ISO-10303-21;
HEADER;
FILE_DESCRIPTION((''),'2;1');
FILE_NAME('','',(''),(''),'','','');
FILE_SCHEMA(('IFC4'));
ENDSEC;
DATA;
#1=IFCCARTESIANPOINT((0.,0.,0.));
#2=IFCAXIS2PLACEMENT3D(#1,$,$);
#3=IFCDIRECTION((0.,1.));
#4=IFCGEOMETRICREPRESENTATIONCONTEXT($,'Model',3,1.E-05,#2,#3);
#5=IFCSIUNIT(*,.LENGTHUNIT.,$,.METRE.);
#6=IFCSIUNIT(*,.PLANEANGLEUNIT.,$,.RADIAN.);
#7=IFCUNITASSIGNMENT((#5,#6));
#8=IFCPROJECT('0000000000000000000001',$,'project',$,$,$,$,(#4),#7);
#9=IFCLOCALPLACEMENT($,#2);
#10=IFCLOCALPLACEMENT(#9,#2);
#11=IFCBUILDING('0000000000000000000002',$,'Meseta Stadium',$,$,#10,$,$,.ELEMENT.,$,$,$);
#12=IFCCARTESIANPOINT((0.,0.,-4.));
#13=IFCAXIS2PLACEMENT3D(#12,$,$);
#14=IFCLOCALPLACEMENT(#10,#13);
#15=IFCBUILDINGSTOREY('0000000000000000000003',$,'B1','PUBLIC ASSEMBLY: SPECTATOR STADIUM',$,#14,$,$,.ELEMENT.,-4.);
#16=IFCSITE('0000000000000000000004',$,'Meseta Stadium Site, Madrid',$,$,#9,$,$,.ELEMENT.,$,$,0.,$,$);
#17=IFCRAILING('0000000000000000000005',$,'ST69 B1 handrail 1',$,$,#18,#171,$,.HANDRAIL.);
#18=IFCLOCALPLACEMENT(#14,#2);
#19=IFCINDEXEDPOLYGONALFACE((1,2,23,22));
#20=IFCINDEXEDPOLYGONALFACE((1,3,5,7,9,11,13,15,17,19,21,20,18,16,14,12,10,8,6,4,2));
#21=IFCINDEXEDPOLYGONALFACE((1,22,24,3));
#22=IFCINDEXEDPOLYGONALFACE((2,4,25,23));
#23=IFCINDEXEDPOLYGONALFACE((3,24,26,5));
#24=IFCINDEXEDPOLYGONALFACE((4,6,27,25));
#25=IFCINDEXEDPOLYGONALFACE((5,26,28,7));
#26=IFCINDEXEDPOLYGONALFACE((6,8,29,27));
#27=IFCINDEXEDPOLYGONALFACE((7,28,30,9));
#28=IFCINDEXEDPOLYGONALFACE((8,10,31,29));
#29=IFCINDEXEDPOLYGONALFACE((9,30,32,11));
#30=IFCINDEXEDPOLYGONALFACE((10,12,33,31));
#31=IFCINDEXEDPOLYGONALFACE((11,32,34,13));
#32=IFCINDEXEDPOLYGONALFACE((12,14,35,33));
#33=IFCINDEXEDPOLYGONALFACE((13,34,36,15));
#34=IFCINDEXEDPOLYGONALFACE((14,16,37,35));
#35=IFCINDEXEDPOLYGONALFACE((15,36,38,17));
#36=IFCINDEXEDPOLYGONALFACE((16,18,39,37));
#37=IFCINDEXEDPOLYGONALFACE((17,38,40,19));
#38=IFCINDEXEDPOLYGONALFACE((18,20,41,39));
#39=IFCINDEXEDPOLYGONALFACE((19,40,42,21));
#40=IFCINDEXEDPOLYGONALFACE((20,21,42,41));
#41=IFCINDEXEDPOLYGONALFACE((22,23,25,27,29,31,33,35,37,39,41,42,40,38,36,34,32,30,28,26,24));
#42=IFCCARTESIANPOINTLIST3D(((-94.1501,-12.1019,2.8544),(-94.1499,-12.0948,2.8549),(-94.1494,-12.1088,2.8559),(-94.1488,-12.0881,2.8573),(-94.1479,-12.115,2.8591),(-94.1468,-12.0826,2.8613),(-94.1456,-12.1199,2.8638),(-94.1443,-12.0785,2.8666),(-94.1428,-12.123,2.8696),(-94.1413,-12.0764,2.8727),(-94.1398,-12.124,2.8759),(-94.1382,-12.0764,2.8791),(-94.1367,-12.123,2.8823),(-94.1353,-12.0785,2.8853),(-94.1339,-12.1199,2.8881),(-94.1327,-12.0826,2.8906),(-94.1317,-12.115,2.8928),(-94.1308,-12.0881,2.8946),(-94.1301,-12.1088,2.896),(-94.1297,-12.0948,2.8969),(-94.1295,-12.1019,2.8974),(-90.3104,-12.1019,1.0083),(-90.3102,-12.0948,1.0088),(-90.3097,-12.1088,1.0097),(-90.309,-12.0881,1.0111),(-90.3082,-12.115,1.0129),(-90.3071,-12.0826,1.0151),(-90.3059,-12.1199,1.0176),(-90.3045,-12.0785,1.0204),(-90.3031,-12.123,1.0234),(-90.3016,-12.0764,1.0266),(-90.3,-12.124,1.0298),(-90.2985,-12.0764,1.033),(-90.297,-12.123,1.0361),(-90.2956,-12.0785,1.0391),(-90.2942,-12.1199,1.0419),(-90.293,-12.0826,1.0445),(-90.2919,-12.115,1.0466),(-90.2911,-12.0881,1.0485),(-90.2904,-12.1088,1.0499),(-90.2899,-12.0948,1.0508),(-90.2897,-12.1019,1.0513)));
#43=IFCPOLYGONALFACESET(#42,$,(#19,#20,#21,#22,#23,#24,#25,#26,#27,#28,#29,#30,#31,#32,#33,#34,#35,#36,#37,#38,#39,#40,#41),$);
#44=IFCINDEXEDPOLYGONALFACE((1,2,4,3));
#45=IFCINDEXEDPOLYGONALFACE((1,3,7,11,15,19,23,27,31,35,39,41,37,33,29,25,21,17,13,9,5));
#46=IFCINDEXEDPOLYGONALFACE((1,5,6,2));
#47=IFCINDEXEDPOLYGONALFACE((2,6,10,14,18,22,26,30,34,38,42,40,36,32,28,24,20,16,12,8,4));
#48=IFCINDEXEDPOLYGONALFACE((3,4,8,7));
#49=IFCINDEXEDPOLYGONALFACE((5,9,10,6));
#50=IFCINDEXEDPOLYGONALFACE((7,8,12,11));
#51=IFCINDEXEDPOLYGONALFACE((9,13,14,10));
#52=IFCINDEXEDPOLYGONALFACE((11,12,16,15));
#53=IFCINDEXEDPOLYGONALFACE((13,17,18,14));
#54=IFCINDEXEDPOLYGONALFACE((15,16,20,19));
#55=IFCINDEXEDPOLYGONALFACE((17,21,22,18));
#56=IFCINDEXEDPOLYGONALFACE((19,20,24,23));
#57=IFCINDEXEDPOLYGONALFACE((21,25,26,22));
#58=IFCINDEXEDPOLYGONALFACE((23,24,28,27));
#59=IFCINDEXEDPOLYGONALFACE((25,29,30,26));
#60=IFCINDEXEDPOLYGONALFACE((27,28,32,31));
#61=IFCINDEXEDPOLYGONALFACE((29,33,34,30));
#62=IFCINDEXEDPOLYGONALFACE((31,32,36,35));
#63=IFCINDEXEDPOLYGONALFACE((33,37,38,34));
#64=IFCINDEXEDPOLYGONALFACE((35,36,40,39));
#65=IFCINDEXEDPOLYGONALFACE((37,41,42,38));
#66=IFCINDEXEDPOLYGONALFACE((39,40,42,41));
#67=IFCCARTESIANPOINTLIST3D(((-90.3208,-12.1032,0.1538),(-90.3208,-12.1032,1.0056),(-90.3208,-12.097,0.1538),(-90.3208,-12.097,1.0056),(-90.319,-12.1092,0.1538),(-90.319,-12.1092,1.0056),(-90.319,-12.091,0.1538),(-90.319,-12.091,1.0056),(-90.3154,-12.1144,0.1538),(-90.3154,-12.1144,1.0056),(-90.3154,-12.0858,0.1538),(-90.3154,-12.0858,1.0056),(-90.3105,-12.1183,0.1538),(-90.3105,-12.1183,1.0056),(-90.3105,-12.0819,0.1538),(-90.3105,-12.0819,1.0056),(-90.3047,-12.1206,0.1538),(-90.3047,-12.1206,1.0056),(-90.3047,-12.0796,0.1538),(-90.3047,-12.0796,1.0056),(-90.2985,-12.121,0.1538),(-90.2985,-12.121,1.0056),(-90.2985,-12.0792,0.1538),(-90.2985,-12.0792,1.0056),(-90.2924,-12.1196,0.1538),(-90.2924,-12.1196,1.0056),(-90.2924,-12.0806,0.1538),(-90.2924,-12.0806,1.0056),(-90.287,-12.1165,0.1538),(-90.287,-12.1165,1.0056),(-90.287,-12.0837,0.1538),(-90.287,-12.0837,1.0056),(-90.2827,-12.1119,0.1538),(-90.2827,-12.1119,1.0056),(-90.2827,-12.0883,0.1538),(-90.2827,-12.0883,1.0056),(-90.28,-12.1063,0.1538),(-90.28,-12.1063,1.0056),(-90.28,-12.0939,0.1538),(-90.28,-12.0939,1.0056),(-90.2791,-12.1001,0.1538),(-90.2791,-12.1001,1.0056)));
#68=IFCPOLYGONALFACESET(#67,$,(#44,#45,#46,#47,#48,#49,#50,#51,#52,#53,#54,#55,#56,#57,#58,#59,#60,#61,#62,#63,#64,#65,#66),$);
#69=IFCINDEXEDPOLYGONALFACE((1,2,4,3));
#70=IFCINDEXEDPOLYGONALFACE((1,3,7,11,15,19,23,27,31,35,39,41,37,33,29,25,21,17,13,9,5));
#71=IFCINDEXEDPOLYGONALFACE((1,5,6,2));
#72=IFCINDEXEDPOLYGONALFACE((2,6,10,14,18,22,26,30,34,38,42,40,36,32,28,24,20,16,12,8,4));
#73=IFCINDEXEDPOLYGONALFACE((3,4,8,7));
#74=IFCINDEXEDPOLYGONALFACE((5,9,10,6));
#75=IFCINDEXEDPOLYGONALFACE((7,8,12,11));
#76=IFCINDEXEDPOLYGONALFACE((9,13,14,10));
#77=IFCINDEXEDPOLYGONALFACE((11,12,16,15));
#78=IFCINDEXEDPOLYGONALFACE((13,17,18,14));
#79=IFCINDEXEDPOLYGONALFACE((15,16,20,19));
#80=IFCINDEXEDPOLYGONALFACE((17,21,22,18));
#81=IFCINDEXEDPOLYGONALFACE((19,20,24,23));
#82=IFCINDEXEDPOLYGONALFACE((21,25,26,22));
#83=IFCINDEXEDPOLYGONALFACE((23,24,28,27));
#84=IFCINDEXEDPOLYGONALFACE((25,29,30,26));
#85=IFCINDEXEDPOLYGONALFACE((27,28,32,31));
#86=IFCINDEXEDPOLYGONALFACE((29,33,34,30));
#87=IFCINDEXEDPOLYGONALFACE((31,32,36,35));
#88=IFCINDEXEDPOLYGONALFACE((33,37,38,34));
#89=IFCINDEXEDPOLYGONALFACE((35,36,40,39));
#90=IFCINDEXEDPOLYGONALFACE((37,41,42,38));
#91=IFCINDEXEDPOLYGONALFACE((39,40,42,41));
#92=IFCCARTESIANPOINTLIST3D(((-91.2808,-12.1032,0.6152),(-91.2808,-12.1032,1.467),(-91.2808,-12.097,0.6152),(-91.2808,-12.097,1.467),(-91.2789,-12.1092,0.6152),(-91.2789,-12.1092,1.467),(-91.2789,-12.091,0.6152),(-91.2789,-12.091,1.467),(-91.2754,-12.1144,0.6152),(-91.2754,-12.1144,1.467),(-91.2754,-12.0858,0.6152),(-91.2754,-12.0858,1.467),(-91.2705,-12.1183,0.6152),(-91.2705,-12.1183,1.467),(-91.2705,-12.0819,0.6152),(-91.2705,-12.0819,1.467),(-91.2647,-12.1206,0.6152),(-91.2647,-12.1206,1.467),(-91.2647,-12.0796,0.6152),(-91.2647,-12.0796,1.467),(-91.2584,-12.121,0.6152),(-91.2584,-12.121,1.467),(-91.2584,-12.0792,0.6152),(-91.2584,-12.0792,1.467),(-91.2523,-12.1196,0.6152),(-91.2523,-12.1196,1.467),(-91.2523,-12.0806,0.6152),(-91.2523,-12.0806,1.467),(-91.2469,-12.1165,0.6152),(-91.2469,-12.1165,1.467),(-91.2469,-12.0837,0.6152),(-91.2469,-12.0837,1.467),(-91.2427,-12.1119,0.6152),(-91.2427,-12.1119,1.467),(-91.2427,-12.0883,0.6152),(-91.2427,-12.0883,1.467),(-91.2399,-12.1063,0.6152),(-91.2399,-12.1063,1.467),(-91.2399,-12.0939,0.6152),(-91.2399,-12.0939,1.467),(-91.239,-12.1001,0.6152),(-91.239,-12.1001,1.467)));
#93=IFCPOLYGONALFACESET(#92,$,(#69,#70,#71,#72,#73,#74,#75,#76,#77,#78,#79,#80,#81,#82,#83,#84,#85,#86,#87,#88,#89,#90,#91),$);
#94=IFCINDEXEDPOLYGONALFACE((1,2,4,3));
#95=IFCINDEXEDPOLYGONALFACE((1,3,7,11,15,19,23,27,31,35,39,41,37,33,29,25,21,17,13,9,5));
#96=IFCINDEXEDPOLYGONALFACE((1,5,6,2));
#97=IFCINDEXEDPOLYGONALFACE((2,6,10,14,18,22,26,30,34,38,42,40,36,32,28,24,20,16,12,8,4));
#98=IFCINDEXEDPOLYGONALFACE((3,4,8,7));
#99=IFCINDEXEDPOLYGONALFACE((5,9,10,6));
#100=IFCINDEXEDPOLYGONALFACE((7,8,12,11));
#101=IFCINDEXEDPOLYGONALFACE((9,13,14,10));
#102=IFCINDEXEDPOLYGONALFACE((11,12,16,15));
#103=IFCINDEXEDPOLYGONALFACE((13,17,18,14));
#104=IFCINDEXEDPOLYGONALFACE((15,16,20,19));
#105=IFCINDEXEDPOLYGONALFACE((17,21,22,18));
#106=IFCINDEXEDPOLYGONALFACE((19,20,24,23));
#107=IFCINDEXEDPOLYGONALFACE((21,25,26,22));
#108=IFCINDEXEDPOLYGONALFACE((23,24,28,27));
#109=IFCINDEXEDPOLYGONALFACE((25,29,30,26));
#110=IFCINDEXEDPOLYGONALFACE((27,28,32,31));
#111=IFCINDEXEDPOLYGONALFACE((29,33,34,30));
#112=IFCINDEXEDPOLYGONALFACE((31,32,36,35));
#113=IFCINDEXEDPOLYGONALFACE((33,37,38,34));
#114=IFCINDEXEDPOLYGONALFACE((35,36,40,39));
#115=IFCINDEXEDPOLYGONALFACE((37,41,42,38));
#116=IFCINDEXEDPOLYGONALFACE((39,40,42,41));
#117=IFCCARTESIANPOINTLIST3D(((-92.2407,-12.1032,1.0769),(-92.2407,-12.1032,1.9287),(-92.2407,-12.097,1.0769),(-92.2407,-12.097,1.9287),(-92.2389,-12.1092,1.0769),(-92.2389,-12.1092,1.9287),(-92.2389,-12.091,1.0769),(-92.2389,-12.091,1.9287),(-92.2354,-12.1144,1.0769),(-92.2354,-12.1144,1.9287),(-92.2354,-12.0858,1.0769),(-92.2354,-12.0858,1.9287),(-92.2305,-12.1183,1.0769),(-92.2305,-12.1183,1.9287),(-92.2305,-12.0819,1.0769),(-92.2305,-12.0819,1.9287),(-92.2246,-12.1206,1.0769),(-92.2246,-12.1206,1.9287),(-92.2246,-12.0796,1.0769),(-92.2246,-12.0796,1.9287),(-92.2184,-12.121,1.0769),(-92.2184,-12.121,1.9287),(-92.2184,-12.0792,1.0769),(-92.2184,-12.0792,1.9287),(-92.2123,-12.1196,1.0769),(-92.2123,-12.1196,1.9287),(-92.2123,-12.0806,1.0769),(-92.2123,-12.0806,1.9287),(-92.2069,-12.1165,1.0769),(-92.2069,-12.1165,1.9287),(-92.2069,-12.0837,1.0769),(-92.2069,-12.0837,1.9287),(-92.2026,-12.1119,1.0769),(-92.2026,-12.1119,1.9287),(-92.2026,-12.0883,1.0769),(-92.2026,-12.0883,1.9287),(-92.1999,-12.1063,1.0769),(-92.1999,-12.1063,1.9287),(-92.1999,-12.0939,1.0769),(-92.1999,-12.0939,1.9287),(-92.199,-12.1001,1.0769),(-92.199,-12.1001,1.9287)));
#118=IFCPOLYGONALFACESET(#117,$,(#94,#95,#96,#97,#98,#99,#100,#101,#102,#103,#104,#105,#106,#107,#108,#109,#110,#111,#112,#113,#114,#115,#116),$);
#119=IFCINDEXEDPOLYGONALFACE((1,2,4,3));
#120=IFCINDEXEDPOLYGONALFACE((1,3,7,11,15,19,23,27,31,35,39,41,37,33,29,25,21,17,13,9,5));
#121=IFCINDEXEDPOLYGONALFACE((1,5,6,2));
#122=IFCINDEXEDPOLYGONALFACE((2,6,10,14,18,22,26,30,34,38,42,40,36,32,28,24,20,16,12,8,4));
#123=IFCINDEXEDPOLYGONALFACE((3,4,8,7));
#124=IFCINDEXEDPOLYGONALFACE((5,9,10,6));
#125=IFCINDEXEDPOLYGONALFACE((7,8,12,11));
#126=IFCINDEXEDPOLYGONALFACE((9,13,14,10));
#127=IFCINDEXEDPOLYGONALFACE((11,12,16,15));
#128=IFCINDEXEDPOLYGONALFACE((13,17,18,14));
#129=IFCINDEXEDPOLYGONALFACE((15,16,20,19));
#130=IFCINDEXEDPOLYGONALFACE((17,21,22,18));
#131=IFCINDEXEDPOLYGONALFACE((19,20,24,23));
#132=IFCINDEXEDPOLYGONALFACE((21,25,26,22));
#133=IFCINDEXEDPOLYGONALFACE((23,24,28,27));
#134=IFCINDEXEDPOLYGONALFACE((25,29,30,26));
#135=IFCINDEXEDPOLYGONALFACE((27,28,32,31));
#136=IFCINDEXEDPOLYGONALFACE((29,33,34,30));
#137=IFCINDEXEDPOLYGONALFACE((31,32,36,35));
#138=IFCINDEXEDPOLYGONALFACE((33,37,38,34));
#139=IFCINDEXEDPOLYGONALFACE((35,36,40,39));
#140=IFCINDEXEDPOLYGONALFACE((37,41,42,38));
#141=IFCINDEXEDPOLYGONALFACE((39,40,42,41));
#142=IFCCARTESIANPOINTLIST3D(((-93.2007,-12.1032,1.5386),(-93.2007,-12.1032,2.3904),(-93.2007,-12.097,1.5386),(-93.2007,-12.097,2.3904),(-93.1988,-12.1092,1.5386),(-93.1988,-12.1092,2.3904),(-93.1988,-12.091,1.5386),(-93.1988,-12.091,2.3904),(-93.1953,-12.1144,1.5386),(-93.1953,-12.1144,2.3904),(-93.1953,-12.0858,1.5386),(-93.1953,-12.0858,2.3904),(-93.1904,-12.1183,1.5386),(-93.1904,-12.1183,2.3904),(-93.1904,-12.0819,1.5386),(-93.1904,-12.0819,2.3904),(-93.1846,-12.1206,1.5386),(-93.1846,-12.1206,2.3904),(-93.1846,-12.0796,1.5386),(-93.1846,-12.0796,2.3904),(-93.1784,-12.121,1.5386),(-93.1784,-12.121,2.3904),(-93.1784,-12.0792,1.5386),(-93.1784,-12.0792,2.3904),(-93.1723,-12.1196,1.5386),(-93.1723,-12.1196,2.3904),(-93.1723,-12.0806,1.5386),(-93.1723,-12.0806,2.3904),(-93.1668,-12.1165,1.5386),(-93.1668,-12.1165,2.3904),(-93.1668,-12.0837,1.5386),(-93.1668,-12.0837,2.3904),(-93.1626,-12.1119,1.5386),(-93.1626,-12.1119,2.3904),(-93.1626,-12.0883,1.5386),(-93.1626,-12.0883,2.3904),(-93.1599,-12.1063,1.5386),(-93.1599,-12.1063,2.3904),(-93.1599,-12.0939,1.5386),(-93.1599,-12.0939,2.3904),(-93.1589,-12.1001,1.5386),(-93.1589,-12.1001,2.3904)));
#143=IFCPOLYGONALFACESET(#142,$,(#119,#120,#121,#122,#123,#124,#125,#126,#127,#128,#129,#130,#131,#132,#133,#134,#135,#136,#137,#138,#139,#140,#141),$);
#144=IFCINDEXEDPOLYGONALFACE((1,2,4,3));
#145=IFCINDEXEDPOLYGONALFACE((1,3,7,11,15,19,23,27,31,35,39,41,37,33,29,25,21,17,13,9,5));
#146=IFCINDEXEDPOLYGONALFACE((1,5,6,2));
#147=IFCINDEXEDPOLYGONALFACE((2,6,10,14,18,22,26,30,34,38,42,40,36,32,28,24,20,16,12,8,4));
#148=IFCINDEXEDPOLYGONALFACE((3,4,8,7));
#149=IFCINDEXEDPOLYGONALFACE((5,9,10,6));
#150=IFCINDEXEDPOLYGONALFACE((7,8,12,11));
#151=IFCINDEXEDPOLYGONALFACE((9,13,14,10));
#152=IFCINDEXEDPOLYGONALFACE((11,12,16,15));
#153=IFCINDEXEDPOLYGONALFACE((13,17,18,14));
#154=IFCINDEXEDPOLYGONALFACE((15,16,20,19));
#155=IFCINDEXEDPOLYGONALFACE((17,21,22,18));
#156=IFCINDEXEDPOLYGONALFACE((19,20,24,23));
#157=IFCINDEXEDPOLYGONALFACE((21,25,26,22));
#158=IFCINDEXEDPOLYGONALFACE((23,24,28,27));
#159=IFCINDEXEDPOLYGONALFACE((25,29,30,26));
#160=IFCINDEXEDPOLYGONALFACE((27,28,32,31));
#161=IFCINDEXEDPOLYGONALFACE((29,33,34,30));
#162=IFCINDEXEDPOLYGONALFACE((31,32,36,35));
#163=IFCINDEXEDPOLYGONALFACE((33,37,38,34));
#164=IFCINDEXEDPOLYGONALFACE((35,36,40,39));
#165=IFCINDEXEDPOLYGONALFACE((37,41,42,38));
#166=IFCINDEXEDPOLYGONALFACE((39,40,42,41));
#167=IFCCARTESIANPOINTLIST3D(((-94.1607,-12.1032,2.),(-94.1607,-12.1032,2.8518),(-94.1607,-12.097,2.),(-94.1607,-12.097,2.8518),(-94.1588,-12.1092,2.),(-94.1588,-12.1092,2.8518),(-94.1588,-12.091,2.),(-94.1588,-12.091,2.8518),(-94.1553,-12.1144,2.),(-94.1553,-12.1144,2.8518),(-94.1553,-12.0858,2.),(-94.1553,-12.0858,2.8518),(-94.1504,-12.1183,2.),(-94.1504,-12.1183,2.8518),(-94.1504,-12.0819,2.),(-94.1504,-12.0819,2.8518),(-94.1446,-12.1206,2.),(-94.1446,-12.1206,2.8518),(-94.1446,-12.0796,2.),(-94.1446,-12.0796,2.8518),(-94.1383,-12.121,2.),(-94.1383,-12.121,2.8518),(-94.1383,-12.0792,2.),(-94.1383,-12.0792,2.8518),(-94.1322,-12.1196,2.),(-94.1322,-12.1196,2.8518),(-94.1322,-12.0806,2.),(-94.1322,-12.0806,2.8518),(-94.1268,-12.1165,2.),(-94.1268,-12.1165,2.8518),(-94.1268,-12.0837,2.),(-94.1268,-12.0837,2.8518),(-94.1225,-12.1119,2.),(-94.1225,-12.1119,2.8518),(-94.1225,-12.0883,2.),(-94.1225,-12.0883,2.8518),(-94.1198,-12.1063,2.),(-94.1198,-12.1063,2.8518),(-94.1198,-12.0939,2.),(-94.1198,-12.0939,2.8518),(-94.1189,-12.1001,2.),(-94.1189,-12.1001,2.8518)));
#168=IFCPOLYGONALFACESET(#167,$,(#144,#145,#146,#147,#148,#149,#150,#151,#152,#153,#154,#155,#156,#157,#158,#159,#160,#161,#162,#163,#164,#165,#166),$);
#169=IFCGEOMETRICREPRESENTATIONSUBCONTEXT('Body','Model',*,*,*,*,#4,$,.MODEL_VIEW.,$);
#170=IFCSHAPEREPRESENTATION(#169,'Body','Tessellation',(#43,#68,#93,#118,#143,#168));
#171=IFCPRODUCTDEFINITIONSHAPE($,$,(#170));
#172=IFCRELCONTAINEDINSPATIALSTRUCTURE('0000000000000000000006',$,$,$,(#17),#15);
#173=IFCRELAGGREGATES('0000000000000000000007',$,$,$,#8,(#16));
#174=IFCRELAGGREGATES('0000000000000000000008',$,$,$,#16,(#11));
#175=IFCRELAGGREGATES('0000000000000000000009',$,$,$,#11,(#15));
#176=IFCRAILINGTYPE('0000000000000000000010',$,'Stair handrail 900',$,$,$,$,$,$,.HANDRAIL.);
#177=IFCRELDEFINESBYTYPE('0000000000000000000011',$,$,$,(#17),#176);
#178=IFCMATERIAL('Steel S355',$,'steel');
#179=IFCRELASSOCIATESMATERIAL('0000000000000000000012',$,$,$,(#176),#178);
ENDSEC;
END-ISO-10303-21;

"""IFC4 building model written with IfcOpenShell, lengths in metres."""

from ifc_helpers import new_model, si_unit, direction, frame, origin, origin_2d, place, context, subcontext, project, spatial, circle, extrude, material, type_object, element, save


model = new_model("IFC4")

# Units and contexts
model_context = context("Model", 3, precision=1e-05, world=origin(), true_north=direction((0.0, 1.0)))
body_context = subcontext(model_context, "Body", "Model", "MODEL_VIEW")
ifc_project = project(units=[si_unit("LENGTHUNIT", "METRE"), si_unit("PLANEANGLEUNIT", "RADIAN")], contexts=[model_context])

# Site, building, storey
site_placement = place(None, origin())
site = spatial("IfcSite", under=ifc_project, at=site_placement, Name="Meseta Stadium Site, Madrid", CompositionType="ELEMENT", RefElevation=0.0)
building_placement = place(site_placement, origin())
building = spatial("IfcBuilding", under=site, at=building_placement, Name="Meseta Stadium", CompositionType="ELEMENT")
storey_placement = place(building_placement, frame((0.0, 0.0, -4.0)))
storey = spatial("IfcBuildingStorey", under=building, at=storey_placement, Name="B1", Description="PUBLIC ASSEMBLY: SPECTATOR STADIUM", CompositionType="ELEMENT", Elevation=-4.0)

# Railing
ifc_material_1 = material(Name="Steel S355", Category="steel")
railing_type = type_object("IfcRailingType", Name="Stair handrail 900", PredefinedType="HANDRAIL", material=ifc_material_1)
railing_placement = place(storey_placement, frame((-90.3, -12.1001, 0.1538)))
element("IfcRailing", 1, at=railing_placement, inside=storey, type_object=railing_type, Name="ST69 B1 handrail 1", PredefinedType="HANDRAIL", context=body_context, shape_type="SweptSolid", body=[
    extrude(circle(Radius=0.0239, at=origin_2d()), frame((0.0, 0.0, 0.876), z_axis=(-0.901242, 0.0, 0.433316), x_axis=(0.0, -1.0, 0.0)), (0.0, 0.0, 1.0), 4.2605),
    extrude(circle(Radius=0.021, at=origin_2d()), origin(), (0.0, 0.0, 1.0), 0.8518),
    extrude(circle(Radius=0.021, at=origin_2d()), frame((-0.96, 0.0, 0.4614)), (0.0, 0.0, 1.0), 0.8518),
    extrude(circle(Radius=0.021, at=origin_2d()), frame((-1.9199, 0.0, 0.9231)), (0.0, 0.0, 1.0), 0.8518),
    extrude(circle(Radius=0.021, at=origin_2d()), frame((-2.8799, 0.0, 1.3848)), (0.0, 0.0, 1.0), 0.8518),
    extrude(circle(Radius=0.021, at=origin_2d()), frame((-3.8398, 0.0, 1.8462)), (0.0, 0.0, 1.0), 0.8518),
])

save(model, "model.ifc")
